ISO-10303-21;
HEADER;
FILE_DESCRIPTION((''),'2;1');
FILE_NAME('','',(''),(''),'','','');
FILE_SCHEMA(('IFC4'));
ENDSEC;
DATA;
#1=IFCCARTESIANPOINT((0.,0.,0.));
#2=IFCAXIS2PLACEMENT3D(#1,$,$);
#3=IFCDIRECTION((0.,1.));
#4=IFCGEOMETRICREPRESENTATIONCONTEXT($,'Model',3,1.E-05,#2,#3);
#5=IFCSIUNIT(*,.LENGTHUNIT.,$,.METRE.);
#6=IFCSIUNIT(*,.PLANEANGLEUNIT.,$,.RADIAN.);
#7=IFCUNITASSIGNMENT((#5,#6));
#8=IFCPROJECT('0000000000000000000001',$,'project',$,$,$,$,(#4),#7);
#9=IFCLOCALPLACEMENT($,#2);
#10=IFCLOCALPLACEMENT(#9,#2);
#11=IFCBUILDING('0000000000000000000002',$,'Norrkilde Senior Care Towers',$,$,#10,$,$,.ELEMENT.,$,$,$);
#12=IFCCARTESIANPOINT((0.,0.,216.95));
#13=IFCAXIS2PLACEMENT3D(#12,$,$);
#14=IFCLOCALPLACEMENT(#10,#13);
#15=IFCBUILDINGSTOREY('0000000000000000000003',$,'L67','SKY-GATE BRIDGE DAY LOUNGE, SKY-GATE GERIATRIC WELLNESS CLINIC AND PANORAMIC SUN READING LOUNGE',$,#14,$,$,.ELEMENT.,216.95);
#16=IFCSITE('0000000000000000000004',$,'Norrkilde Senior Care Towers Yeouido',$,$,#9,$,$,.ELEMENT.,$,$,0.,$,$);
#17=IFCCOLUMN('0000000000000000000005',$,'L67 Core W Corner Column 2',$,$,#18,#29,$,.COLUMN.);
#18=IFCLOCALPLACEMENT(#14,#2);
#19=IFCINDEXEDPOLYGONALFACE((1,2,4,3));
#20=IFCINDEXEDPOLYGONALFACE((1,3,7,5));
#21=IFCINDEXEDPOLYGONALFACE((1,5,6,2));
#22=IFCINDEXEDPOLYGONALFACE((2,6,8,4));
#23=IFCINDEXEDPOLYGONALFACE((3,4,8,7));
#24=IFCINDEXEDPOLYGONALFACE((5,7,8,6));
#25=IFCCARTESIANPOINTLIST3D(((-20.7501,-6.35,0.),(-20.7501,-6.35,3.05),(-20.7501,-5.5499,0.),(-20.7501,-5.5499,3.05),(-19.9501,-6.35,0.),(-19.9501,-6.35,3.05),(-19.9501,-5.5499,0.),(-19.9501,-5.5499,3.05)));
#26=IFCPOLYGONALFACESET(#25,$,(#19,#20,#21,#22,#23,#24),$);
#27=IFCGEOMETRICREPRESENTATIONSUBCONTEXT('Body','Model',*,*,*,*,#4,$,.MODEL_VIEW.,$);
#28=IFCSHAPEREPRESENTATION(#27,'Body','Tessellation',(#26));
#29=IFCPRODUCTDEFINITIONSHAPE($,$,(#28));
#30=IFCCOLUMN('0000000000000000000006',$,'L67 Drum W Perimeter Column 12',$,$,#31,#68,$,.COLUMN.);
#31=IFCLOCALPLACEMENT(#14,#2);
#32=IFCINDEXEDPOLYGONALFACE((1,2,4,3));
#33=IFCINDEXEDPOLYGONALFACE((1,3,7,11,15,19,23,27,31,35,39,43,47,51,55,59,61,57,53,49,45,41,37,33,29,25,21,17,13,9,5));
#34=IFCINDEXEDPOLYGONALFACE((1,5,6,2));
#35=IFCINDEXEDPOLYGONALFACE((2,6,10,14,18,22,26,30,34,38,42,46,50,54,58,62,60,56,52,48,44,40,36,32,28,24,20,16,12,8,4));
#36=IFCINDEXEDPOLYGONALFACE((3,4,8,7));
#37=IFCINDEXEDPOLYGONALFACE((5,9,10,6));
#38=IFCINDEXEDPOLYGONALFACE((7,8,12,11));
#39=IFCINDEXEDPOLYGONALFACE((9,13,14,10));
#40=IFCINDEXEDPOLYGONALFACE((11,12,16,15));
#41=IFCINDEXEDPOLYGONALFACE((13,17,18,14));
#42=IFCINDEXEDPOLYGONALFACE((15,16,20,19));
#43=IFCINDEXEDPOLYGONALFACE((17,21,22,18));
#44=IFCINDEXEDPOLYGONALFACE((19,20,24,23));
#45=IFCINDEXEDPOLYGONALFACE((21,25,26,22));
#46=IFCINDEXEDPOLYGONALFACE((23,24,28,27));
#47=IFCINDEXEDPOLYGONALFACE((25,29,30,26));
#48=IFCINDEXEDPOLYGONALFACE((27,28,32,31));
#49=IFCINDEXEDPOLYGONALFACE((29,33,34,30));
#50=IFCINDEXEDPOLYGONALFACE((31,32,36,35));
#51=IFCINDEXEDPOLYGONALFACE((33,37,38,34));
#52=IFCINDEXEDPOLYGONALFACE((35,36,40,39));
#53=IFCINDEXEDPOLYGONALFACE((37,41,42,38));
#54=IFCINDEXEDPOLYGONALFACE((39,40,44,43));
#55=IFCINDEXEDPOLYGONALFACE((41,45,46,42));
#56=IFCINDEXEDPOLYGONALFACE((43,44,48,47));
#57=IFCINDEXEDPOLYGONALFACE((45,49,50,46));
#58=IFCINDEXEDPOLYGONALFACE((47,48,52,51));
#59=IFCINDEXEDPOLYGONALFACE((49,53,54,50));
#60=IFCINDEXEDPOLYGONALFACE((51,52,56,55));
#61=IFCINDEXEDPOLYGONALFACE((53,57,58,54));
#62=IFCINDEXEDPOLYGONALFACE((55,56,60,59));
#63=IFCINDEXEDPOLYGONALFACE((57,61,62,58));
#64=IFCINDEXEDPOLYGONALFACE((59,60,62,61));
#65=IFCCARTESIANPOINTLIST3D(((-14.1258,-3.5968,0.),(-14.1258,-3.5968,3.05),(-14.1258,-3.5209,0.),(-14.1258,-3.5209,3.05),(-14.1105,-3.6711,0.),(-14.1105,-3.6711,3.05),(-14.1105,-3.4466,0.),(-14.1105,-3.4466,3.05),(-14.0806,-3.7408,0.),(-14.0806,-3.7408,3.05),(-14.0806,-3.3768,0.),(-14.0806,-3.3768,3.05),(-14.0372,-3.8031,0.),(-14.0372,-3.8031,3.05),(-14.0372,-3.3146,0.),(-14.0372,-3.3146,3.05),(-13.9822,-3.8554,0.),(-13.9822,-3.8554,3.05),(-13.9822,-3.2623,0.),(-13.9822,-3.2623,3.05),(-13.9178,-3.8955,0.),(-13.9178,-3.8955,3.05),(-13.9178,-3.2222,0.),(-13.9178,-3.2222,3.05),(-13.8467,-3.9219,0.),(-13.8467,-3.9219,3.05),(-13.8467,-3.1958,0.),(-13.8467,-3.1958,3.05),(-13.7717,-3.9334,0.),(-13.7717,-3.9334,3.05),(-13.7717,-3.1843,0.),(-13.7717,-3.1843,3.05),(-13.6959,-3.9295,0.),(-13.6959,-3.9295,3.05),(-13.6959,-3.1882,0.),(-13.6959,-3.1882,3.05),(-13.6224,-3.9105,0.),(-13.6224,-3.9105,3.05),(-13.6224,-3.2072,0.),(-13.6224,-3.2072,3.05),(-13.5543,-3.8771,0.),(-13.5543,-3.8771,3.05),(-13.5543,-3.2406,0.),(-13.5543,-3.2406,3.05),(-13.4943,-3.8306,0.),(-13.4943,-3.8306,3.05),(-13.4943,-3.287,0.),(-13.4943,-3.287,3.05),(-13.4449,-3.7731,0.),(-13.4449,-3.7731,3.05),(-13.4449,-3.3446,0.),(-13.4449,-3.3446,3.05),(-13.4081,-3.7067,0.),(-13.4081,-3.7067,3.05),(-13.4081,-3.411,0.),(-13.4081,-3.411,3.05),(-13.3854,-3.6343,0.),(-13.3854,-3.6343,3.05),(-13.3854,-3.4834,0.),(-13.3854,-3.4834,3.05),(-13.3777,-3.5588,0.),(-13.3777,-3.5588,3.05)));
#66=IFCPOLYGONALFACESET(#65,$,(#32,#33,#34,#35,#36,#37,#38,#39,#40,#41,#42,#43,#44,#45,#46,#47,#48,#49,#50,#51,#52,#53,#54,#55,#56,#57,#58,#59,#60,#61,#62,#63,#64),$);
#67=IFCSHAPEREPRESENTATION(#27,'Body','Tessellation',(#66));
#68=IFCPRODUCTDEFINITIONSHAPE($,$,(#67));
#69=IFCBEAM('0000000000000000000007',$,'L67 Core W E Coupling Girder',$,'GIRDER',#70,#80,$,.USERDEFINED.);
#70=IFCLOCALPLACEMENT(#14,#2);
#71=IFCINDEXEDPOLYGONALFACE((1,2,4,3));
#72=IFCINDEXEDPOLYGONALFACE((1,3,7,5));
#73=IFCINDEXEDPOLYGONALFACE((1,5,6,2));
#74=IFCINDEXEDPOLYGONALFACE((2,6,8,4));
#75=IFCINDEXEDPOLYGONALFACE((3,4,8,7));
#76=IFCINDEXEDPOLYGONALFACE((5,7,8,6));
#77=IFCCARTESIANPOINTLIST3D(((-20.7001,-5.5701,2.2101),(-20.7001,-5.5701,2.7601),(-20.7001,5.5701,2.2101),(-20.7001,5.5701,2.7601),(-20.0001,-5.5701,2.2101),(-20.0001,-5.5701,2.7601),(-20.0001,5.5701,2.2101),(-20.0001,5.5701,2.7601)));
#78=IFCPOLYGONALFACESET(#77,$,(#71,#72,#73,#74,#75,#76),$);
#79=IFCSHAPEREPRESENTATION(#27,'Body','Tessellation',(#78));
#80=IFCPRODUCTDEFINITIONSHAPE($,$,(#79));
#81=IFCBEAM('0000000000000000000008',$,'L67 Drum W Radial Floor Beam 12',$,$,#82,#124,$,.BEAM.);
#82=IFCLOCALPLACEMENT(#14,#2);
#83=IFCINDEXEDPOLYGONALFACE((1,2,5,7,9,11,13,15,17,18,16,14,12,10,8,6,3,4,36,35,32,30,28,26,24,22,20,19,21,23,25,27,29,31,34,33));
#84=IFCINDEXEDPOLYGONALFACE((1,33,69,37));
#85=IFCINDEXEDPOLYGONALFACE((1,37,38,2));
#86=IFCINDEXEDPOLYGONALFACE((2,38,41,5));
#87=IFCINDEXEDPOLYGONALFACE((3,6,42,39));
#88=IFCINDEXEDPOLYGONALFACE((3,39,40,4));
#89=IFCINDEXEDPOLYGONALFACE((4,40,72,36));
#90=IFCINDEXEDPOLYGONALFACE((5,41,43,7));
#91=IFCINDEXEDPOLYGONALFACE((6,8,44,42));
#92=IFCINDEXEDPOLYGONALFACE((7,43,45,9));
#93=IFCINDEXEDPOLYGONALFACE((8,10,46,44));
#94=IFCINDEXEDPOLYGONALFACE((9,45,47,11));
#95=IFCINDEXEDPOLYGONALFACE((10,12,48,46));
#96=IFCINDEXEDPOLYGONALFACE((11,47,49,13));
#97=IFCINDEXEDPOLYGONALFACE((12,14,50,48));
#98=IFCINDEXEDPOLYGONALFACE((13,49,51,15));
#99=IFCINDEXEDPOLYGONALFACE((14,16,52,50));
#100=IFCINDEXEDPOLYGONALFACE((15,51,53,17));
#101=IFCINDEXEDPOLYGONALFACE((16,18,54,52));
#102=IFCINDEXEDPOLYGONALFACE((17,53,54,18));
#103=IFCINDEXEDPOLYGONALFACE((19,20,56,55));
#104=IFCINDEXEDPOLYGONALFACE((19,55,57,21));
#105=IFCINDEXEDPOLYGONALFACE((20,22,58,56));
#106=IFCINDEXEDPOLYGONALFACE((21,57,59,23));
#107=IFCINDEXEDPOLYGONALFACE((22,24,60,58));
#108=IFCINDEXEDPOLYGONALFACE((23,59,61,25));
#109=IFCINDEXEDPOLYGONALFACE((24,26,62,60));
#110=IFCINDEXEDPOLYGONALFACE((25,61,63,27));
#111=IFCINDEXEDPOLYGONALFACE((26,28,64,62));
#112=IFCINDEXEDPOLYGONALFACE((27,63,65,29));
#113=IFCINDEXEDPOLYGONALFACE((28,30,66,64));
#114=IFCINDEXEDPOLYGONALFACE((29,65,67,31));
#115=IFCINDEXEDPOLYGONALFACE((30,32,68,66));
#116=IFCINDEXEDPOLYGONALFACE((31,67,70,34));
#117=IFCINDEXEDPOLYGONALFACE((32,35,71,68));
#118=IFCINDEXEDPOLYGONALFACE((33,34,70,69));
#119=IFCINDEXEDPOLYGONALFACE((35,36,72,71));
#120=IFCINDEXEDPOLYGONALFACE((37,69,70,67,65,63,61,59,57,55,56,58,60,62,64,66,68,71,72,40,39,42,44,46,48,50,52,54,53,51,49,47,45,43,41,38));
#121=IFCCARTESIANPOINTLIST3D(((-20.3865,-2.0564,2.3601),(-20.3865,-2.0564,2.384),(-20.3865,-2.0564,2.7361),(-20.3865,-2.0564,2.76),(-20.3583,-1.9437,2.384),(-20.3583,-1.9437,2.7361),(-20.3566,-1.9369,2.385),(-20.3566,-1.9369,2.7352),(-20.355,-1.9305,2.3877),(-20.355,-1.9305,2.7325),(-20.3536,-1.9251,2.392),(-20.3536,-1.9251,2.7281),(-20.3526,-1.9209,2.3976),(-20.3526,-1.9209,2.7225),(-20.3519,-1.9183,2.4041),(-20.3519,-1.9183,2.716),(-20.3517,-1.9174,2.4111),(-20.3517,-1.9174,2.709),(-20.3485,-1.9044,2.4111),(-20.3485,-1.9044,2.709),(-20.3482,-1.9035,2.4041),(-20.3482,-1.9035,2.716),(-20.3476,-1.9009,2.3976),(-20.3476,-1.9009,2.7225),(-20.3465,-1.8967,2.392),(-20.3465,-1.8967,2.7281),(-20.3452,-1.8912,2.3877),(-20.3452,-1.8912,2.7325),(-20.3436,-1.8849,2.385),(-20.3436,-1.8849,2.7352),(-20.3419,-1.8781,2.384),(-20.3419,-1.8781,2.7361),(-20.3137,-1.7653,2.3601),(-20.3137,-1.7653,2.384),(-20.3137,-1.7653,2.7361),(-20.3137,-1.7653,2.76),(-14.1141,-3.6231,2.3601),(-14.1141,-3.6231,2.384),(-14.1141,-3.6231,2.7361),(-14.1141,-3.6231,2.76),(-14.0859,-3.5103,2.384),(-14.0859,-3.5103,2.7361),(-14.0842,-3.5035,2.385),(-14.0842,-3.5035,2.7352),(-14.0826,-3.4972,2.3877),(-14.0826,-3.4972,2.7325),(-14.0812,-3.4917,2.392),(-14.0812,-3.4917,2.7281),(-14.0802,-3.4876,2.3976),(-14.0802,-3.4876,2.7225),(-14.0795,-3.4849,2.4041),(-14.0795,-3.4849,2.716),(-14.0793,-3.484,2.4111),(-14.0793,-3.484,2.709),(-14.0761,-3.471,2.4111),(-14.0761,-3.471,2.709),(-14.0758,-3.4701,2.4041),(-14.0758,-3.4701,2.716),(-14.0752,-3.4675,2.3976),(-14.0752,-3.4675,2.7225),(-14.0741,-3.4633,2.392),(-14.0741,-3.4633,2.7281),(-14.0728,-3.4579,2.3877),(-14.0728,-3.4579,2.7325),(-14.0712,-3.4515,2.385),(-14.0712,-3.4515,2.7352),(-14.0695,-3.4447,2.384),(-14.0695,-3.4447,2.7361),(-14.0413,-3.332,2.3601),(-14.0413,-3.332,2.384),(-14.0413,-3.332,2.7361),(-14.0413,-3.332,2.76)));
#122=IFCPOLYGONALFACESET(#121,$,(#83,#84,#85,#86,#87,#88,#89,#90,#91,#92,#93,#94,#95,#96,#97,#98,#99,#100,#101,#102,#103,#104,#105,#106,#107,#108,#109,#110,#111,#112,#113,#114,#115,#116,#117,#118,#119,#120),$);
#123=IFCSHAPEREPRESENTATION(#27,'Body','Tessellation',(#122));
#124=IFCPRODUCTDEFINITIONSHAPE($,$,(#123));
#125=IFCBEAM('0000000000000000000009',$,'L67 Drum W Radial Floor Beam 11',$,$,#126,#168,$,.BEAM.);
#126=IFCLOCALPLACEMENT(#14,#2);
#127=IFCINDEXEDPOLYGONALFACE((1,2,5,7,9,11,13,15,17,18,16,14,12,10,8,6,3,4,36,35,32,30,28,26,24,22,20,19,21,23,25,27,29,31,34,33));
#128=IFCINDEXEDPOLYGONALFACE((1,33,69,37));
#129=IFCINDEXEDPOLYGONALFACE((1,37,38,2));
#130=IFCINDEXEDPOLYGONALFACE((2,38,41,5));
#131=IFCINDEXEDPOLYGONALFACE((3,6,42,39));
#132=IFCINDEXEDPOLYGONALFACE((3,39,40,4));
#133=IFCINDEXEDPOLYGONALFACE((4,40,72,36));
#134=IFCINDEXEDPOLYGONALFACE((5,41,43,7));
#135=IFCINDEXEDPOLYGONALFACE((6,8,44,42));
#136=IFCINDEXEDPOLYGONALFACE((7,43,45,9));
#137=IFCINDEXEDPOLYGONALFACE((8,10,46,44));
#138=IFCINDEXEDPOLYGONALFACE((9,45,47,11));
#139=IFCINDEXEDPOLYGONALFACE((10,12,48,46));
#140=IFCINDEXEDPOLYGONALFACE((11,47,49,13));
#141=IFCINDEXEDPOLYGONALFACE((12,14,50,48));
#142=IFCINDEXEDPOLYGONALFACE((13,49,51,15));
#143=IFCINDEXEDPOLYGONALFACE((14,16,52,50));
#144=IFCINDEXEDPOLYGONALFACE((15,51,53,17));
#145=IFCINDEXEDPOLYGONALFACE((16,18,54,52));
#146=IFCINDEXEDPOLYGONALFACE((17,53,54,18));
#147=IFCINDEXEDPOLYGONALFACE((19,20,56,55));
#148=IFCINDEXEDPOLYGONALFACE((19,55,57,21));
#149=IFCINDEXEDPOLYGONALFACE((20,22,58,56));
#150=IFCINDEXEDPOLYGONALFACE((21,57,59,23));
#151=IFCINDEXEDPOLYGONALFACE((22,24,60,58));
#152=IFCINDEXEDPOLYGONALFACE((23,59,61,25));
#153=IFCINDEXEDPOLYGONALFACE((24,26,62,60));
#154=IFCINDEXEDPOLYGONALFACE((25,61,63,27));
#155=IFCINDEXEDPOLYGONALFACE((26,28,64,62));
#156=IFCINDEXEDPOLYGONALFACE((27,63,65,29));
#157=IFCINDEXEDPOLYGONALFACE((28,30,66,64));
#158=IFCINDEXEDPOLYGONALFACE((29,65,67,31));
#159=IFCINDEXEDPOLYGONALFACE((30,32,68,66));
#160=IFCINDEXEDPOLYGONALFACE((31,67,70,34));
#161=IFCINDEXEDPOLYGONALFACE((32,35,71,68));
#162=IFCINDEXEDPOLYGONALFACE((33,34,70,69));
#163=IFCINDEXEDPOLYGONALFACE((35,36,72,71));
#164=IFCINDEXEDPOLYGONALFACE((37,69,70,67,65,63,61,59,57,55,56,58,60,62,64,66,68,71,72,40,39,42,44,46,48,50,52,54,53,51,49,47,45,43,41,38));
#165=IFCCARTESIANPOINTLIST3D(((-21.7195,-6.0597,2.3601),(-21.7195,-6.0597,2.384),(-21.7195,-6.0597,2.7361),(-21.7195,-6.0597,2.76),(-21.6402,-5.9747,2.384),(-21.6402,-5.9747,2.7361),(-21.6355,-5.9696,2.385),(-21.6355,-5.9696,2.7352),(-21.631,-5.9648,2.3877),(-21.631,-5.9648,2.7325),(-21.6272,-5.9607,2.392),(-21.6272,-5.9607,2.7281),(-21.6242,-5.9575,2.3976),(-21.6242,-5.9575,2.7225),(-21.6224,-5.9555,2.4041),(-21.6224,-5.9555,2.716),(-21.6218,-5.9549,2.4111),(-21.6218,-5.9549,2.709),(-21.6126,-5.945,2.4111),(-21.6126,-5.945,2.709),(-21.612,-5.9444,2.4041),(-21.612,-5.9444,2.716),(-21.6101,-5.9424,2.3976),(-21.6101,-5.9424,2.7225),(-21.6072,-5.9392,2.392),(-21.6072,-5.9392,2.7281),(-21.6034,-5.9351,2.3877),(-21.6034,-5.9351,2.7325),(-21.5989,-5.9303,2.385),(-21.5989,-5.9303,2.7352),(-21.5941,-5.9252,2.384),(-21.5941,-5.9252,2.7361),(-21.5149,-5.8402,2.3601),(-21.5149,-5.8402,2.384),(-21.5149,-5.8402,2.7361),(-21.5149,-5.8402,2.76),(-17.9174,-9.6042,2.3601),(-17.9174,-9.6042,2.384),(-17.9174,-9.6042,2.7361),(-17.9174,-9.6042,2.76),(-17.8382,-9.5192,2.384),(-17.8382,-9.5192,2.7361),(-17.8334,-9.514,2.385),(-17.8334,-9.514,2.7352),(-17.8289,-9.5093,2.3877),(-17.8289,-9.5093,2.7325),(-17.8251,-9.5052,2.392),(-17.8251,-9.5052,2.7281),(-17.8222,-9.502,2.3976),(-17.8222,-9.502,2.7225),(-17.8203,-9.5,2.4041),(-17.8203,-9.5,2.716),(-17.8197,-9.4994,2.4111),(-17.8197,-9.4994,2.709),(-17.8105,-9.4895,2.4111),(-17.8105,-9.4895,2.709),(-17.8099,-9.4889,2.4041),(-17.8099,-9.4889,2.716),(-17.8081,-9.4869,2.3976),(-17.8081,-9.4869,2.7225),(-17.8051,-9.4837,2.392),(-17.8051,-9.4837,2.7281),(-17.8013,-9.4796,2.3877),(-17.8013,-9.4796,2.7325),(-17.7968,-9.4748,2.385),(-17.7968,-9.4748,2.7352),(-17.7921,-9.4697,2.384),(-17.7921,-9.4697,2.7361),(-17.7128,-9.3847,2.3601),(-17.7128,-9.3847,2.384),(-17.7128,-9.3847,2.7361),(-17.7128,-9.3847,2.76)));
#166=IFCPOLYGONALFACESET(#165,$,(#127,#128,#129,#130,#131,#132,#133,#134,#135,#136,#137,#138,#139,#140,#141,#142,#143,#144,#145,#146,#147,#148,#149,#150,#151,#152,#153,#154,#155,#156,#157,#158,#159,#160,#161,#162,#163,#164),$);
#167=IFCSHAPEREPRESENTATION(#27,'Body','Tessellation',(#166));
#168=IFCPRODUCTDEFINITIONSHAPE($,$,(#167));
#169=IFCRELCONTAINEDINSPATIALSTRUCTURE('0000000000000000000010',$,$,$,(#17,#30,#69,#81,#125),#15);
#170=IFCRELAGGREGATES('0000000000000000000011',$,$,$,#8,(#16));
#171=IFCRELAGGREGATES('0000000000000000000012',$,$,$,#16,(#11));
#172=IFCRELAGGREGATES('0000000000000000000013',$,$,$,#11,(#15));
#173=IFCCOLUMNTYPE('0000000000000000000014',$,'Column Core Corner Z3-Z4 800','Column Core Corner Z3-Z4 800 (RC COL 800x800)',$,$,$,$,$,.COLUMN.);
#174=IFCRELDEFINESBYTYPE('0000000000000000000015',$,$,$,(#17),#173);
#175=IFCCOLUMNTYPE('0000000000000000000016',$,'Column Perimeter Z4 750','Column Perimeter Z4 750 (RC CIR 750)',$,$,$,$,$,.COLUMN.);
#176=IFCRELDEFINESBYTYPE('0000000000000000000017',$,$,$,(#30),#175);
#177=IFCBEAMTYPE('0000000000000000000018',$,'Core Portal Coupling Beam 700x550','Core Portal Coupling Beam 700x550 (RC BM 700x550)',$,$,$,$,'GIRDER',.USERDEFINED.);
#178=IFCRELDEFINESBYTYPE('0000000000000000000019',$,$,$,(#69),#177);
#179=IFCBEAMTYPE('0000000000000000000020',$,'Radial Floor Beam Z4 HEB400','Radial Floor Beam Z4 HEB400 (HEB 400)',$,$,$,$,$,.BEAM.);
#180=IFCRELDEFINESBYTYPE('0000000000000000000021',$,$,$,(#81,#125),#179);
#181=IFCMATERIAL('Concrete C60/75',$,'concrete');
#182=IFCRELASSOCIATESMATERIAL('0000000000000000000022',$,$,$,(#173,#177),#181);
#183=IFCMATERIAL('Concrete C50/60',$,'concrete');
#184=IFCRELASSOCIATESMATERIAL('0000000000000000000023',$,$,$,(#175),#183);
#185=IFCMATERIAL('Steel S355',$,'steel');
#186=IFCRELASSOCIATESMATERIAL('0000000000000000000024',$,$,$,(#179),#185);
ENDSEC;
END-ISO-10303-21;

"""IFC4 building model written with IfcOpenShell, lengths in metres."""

from ifc_helpers import new_model, si_unit, direction, frame, origin, origin_2d, place, context, subcontext, project, spatial, rectangle, circle, i_section, extrude, source, transform, mapped, material, material_profile, profile_set, type_object, type_shapes, element, save


model = new_model("IFC4")

# Units and contexts
model_context = context("Model", 3, precision=1e-05, world=origin(), true_north=direction((0.0, 1.0)))
body_context = subcontext(model_context, "Body", "Model", "MODEL_VIEW")
ifc_project = project(units=[si_unit("LENGTHUNIT", "METRE"), si_unit("PLANEANGLEUNIT", "RADIAN")], contexts=[model_context])

# Site, building, storey
site_placement = place(None, origin())
site = spatial("IfcSite", under=ifc_project, at=site_placement, Name="Norrkilde Senior Care Towers Yeouido", CompositionType="ELEMENT", RefElevation=0.0)
building_placement = place(site_placement, origin())
building = spatial("IfcBuilding", under=site, at=building_placement, Name="Norrkilde Senior Care Towers", CompositionType="ELEMENT")
storey_placement = place(building_placement, frame((0.0, 0.0, 216.95)))
storey = spatial("IfcBuildingStorey", under=building, at=storey_placement, Name="L67", Description="SKY-GATE BRIDGE DAY LOUNGE, SKY-GATE GERIATRIC WELLNESS CLINIC AND PANORAMIC SUN READING LOUNGE", CompositionType="ELEMENT", Elevation=216.95)

# Columns
ifc_material_1 = material(Name="Concrete C60/75", Category="concrete")
ifc_material_profile_1 = material_profile(ifc_material_1, rectangle(XDim=0.8, YDim=0.8, at=origin_2d()), Name="RC COL 800x800")
ifc_profile_set_1 = profile_set([ifc_material_profile_1], Name="Concrete C60/75")
column_type_1 = type_object("IfcColumnType", Name="Column Core Corner Z3-Z4 800", Description="Column Core Corner Z3-Z4 800 (RC COL 800x800)", PredefinedType="COLUMN", material=ifc_profile_set_1)
shared_shape_1 = source(origin(), body_context, "Body", "SweptSolid", [
    extrude(rectangle(XDim=0.8, YDim=0.8, at=origin_2d()), origin(), (0.0, 0.0, 1.0), 3.05),
])
type_shapes(column_type_1, [shared_shape_1])
column_1_placement = place(storey_placement, frame((-20.3501, -5.95, 0.0), z_axis=(0.0, 0.0, 1.0), x_axis=(1.0, 0.0, 0.0)))
element("IfcColumn", 1, at=column_1_placement, inside=storey, type_object=column_type_1, Name="L67 Core W Corner Column 2", PredefinedType="COLUMN", context=body_context, shape_type="MappedRepresentation", body=[
    mapped(shared_shape_1, transform((0.0, 0.0, 0.0), x_axis=(1.0, 0.0, 0.0), y_axis=(0.0, 1.0, 0.0), z_axis=(0.0, 0.0, 1.0), scale=1.0)),
])
ifc_material_2 = material(Name="Concrete C50/60", Category="concrete")
ifc_material_profile_2 = material_profile(ifc_material_2, circle(Radius=0.375, at=origin_2d()), Name="RC CIR 750")
ifc_profile_set_2 = profile_set([ifc_material_profile_2], Name="Concrete C50/60")
column_type_2 = type_object("IfcColumnType", Name="Column Perimeter Z4 750", Description="Column Perimeter Z4 750 (RC CIR 750)", PredefinedType="COLUMN", material=ifc_profile_set_2)
shared_shape_2 = source(origin(), body_context, "Body", "SweptSolid", [
    extrude(circle(Radius=0.375, at=origin_2d()), origin(), (0.0, 0.0, 1.0), 3.05),
])
type_shapes(column_type_2, [shared_shape_2])
column_2_placement = place(storey_placement, frame((-13.7527, -3.5588, 0.0), z_axis=(0.0, 0.0, 1.0), x_axis=(1.0, 0.0, 0.0)))
element("IfcColumn", 2, at=column_2_placement, inside=storey, type_object=column_type_2, Name="L67 Drum W Perimeter Column 12", PredefinedType="COLUMN", context=body_context, shape_type="MappedRepresentation", body=[
    mapped(shared_shape_2, transform((0.0, 0.0, 0.0), x_axis=(1.0, 0.0, 0.0), y_axis=(0.0, 1.0, 0.0), z_axis=(0.0, 0.0, 1.0), scale=1.0)),
])

# Beams
ifc_material_profile_3 = material_profile(ifc_material_1, rectangle(XDim=0.7, YDim=0.55, at=origin_2d()), Name="RC BM 700x550")
ifc_profile_set_3 = profile_set([ifc_material_profile_3], Name="Concrete C60/75")
beam_type_1 = type_object("IfcBeamType", Name="Core Portal Coupling Beam 700x550", Description="Core Portal Coupling Beam 700x550 (RC BM 700x550)", ElementType="GIRDER", PredefinedType="USERDEFINED", material=ifc_profile_set_3)
shared_shape_3 = source(origin(), body_context, "Body", "SweptSolid", [
    extrude(rectangle(XDim=0.7, YDim=0.55, at=origin_2d()), origin(), (0.0, 0.0, 1.0), 11.1401),
])
type_shapes(beam_type_1, [shared_shape_3])
beam_1_placement = place(storey_placement, frame((-20.3501, -5.5701, 2.4851), z_axis=(0.0, 1.0, 0.0), x_axis=(-1.0, 0.0, 0.0)))
element("IfcBeam", 3, at=beam_1_placement, inside=storey, type_object=beam_type_1, Name="L67 Core W E Coupling Girder", ObjectType="GIRDER", PredefinedType="USERDEFINED", context=body_context, shape_type="MappedRepresentation", body=[
    mapped(shared_shape_3, transform((0.0, 0.0, 0.0), x_axis=(1.0, 0.0, 0.0), y_axis=(0.0, 1.0, 0.0), z_axis=(0.0, 0.0, 1.0), scale=1.0)),
])
ifc_material_3 = material(Name="Steel S355", Category="steel")
ifc_material_profile_4 = material_profile(ifc_material_3, i_section(OverallWidth=0.3, OverallDepth=0.3999, WebThickness=0.0134, FlangeThickness=0.0239, FilletRadius=0.0271, at=origin_2d()), Name="HEB 400")
ifc_profile_set_4 = profile_set([ifc_material_profile_4], Name="Steel S355")
beam_type_2 = type_object("IfcBeamType", Name="Radial Floor Beam Z4 HEB400", Description="Radial Floor Beam Z4 HEB400 (HEB 400)", PredefinedType="BEAM", material=ifc_profile_set_4)
shared_shape_4 = source(origin(), body_context, "Body", "SweptSolid", [
    extrude(i_section(OverallWidth=0.3, OverallDepth=0.3999, WebThickness=0.0134, FlangeThickness=0.0239, FilletRadius=0.0271, at=origin_2d()), origin(), (0.0, 0.0, 1.0), 6.4651),
])
beam_2_placement = place(storey_placement, frame((-20.3501, -1.9109, 2.5601), z_axis=(0.970196, -0.242322, 0.0), x_axis=(0.242322, 0.970196, 0.0)))
element("IfcBeam", 4, at=beam_2_placement, inside=storey, type_object=beam_type_2, Name="L67 Drum W Radial Floor Beam 12", PredefinedType="BEAM", context=body_context, shape_type="MappedRepresentation", body=[
    mapped(shared_shape_4, transform((0.0, 0.0, 0.0), x_axis=(1.0, 0.0, 0.0), y_axis=(0.0, 1.0, 0.0), z_axis=(0.0, 0.0, 1.0), scale=1.0)),
])
shared_shape_5 = source(origin(), body_context, "Body", "SweptSolid", [
    extrude(i_section(OverallWidth=0.3, OverallDepth=0.3999, WebThickness=0.0134, FlangeThickness=0.0239, FilletRadius=0.0271, at=origin_2d()), origin(), (0.0, 0.0, 1.0), 5.198),
])
beam_3_placement = place(storey_placement, frame((-21.6172, -5.95, 2.5601), z_axis=(0.731449, -0.681896, 0.0), x_axis=(0.681896, 0.731449, 0.0)))
element("IfcBeam", 5, at=beam_3_placement, inside=storey, type_object=beam_type_2, Name="L67 Drum W Radial Floor Beam 11", PredefinedType="BEAM", context=body_context, shape_type="MappedRepresentation", body=[
    mapped(shared_shape_5, transform((0.0, 0.0, 0.0), x_axis=(1.0, 0.0, 0.0), y_axis=(0.0, 1.0, 0.0), z_axis=(0.0, 0.0, 1.0), scale=1.0)),
])

save(model, "model.ifc")
